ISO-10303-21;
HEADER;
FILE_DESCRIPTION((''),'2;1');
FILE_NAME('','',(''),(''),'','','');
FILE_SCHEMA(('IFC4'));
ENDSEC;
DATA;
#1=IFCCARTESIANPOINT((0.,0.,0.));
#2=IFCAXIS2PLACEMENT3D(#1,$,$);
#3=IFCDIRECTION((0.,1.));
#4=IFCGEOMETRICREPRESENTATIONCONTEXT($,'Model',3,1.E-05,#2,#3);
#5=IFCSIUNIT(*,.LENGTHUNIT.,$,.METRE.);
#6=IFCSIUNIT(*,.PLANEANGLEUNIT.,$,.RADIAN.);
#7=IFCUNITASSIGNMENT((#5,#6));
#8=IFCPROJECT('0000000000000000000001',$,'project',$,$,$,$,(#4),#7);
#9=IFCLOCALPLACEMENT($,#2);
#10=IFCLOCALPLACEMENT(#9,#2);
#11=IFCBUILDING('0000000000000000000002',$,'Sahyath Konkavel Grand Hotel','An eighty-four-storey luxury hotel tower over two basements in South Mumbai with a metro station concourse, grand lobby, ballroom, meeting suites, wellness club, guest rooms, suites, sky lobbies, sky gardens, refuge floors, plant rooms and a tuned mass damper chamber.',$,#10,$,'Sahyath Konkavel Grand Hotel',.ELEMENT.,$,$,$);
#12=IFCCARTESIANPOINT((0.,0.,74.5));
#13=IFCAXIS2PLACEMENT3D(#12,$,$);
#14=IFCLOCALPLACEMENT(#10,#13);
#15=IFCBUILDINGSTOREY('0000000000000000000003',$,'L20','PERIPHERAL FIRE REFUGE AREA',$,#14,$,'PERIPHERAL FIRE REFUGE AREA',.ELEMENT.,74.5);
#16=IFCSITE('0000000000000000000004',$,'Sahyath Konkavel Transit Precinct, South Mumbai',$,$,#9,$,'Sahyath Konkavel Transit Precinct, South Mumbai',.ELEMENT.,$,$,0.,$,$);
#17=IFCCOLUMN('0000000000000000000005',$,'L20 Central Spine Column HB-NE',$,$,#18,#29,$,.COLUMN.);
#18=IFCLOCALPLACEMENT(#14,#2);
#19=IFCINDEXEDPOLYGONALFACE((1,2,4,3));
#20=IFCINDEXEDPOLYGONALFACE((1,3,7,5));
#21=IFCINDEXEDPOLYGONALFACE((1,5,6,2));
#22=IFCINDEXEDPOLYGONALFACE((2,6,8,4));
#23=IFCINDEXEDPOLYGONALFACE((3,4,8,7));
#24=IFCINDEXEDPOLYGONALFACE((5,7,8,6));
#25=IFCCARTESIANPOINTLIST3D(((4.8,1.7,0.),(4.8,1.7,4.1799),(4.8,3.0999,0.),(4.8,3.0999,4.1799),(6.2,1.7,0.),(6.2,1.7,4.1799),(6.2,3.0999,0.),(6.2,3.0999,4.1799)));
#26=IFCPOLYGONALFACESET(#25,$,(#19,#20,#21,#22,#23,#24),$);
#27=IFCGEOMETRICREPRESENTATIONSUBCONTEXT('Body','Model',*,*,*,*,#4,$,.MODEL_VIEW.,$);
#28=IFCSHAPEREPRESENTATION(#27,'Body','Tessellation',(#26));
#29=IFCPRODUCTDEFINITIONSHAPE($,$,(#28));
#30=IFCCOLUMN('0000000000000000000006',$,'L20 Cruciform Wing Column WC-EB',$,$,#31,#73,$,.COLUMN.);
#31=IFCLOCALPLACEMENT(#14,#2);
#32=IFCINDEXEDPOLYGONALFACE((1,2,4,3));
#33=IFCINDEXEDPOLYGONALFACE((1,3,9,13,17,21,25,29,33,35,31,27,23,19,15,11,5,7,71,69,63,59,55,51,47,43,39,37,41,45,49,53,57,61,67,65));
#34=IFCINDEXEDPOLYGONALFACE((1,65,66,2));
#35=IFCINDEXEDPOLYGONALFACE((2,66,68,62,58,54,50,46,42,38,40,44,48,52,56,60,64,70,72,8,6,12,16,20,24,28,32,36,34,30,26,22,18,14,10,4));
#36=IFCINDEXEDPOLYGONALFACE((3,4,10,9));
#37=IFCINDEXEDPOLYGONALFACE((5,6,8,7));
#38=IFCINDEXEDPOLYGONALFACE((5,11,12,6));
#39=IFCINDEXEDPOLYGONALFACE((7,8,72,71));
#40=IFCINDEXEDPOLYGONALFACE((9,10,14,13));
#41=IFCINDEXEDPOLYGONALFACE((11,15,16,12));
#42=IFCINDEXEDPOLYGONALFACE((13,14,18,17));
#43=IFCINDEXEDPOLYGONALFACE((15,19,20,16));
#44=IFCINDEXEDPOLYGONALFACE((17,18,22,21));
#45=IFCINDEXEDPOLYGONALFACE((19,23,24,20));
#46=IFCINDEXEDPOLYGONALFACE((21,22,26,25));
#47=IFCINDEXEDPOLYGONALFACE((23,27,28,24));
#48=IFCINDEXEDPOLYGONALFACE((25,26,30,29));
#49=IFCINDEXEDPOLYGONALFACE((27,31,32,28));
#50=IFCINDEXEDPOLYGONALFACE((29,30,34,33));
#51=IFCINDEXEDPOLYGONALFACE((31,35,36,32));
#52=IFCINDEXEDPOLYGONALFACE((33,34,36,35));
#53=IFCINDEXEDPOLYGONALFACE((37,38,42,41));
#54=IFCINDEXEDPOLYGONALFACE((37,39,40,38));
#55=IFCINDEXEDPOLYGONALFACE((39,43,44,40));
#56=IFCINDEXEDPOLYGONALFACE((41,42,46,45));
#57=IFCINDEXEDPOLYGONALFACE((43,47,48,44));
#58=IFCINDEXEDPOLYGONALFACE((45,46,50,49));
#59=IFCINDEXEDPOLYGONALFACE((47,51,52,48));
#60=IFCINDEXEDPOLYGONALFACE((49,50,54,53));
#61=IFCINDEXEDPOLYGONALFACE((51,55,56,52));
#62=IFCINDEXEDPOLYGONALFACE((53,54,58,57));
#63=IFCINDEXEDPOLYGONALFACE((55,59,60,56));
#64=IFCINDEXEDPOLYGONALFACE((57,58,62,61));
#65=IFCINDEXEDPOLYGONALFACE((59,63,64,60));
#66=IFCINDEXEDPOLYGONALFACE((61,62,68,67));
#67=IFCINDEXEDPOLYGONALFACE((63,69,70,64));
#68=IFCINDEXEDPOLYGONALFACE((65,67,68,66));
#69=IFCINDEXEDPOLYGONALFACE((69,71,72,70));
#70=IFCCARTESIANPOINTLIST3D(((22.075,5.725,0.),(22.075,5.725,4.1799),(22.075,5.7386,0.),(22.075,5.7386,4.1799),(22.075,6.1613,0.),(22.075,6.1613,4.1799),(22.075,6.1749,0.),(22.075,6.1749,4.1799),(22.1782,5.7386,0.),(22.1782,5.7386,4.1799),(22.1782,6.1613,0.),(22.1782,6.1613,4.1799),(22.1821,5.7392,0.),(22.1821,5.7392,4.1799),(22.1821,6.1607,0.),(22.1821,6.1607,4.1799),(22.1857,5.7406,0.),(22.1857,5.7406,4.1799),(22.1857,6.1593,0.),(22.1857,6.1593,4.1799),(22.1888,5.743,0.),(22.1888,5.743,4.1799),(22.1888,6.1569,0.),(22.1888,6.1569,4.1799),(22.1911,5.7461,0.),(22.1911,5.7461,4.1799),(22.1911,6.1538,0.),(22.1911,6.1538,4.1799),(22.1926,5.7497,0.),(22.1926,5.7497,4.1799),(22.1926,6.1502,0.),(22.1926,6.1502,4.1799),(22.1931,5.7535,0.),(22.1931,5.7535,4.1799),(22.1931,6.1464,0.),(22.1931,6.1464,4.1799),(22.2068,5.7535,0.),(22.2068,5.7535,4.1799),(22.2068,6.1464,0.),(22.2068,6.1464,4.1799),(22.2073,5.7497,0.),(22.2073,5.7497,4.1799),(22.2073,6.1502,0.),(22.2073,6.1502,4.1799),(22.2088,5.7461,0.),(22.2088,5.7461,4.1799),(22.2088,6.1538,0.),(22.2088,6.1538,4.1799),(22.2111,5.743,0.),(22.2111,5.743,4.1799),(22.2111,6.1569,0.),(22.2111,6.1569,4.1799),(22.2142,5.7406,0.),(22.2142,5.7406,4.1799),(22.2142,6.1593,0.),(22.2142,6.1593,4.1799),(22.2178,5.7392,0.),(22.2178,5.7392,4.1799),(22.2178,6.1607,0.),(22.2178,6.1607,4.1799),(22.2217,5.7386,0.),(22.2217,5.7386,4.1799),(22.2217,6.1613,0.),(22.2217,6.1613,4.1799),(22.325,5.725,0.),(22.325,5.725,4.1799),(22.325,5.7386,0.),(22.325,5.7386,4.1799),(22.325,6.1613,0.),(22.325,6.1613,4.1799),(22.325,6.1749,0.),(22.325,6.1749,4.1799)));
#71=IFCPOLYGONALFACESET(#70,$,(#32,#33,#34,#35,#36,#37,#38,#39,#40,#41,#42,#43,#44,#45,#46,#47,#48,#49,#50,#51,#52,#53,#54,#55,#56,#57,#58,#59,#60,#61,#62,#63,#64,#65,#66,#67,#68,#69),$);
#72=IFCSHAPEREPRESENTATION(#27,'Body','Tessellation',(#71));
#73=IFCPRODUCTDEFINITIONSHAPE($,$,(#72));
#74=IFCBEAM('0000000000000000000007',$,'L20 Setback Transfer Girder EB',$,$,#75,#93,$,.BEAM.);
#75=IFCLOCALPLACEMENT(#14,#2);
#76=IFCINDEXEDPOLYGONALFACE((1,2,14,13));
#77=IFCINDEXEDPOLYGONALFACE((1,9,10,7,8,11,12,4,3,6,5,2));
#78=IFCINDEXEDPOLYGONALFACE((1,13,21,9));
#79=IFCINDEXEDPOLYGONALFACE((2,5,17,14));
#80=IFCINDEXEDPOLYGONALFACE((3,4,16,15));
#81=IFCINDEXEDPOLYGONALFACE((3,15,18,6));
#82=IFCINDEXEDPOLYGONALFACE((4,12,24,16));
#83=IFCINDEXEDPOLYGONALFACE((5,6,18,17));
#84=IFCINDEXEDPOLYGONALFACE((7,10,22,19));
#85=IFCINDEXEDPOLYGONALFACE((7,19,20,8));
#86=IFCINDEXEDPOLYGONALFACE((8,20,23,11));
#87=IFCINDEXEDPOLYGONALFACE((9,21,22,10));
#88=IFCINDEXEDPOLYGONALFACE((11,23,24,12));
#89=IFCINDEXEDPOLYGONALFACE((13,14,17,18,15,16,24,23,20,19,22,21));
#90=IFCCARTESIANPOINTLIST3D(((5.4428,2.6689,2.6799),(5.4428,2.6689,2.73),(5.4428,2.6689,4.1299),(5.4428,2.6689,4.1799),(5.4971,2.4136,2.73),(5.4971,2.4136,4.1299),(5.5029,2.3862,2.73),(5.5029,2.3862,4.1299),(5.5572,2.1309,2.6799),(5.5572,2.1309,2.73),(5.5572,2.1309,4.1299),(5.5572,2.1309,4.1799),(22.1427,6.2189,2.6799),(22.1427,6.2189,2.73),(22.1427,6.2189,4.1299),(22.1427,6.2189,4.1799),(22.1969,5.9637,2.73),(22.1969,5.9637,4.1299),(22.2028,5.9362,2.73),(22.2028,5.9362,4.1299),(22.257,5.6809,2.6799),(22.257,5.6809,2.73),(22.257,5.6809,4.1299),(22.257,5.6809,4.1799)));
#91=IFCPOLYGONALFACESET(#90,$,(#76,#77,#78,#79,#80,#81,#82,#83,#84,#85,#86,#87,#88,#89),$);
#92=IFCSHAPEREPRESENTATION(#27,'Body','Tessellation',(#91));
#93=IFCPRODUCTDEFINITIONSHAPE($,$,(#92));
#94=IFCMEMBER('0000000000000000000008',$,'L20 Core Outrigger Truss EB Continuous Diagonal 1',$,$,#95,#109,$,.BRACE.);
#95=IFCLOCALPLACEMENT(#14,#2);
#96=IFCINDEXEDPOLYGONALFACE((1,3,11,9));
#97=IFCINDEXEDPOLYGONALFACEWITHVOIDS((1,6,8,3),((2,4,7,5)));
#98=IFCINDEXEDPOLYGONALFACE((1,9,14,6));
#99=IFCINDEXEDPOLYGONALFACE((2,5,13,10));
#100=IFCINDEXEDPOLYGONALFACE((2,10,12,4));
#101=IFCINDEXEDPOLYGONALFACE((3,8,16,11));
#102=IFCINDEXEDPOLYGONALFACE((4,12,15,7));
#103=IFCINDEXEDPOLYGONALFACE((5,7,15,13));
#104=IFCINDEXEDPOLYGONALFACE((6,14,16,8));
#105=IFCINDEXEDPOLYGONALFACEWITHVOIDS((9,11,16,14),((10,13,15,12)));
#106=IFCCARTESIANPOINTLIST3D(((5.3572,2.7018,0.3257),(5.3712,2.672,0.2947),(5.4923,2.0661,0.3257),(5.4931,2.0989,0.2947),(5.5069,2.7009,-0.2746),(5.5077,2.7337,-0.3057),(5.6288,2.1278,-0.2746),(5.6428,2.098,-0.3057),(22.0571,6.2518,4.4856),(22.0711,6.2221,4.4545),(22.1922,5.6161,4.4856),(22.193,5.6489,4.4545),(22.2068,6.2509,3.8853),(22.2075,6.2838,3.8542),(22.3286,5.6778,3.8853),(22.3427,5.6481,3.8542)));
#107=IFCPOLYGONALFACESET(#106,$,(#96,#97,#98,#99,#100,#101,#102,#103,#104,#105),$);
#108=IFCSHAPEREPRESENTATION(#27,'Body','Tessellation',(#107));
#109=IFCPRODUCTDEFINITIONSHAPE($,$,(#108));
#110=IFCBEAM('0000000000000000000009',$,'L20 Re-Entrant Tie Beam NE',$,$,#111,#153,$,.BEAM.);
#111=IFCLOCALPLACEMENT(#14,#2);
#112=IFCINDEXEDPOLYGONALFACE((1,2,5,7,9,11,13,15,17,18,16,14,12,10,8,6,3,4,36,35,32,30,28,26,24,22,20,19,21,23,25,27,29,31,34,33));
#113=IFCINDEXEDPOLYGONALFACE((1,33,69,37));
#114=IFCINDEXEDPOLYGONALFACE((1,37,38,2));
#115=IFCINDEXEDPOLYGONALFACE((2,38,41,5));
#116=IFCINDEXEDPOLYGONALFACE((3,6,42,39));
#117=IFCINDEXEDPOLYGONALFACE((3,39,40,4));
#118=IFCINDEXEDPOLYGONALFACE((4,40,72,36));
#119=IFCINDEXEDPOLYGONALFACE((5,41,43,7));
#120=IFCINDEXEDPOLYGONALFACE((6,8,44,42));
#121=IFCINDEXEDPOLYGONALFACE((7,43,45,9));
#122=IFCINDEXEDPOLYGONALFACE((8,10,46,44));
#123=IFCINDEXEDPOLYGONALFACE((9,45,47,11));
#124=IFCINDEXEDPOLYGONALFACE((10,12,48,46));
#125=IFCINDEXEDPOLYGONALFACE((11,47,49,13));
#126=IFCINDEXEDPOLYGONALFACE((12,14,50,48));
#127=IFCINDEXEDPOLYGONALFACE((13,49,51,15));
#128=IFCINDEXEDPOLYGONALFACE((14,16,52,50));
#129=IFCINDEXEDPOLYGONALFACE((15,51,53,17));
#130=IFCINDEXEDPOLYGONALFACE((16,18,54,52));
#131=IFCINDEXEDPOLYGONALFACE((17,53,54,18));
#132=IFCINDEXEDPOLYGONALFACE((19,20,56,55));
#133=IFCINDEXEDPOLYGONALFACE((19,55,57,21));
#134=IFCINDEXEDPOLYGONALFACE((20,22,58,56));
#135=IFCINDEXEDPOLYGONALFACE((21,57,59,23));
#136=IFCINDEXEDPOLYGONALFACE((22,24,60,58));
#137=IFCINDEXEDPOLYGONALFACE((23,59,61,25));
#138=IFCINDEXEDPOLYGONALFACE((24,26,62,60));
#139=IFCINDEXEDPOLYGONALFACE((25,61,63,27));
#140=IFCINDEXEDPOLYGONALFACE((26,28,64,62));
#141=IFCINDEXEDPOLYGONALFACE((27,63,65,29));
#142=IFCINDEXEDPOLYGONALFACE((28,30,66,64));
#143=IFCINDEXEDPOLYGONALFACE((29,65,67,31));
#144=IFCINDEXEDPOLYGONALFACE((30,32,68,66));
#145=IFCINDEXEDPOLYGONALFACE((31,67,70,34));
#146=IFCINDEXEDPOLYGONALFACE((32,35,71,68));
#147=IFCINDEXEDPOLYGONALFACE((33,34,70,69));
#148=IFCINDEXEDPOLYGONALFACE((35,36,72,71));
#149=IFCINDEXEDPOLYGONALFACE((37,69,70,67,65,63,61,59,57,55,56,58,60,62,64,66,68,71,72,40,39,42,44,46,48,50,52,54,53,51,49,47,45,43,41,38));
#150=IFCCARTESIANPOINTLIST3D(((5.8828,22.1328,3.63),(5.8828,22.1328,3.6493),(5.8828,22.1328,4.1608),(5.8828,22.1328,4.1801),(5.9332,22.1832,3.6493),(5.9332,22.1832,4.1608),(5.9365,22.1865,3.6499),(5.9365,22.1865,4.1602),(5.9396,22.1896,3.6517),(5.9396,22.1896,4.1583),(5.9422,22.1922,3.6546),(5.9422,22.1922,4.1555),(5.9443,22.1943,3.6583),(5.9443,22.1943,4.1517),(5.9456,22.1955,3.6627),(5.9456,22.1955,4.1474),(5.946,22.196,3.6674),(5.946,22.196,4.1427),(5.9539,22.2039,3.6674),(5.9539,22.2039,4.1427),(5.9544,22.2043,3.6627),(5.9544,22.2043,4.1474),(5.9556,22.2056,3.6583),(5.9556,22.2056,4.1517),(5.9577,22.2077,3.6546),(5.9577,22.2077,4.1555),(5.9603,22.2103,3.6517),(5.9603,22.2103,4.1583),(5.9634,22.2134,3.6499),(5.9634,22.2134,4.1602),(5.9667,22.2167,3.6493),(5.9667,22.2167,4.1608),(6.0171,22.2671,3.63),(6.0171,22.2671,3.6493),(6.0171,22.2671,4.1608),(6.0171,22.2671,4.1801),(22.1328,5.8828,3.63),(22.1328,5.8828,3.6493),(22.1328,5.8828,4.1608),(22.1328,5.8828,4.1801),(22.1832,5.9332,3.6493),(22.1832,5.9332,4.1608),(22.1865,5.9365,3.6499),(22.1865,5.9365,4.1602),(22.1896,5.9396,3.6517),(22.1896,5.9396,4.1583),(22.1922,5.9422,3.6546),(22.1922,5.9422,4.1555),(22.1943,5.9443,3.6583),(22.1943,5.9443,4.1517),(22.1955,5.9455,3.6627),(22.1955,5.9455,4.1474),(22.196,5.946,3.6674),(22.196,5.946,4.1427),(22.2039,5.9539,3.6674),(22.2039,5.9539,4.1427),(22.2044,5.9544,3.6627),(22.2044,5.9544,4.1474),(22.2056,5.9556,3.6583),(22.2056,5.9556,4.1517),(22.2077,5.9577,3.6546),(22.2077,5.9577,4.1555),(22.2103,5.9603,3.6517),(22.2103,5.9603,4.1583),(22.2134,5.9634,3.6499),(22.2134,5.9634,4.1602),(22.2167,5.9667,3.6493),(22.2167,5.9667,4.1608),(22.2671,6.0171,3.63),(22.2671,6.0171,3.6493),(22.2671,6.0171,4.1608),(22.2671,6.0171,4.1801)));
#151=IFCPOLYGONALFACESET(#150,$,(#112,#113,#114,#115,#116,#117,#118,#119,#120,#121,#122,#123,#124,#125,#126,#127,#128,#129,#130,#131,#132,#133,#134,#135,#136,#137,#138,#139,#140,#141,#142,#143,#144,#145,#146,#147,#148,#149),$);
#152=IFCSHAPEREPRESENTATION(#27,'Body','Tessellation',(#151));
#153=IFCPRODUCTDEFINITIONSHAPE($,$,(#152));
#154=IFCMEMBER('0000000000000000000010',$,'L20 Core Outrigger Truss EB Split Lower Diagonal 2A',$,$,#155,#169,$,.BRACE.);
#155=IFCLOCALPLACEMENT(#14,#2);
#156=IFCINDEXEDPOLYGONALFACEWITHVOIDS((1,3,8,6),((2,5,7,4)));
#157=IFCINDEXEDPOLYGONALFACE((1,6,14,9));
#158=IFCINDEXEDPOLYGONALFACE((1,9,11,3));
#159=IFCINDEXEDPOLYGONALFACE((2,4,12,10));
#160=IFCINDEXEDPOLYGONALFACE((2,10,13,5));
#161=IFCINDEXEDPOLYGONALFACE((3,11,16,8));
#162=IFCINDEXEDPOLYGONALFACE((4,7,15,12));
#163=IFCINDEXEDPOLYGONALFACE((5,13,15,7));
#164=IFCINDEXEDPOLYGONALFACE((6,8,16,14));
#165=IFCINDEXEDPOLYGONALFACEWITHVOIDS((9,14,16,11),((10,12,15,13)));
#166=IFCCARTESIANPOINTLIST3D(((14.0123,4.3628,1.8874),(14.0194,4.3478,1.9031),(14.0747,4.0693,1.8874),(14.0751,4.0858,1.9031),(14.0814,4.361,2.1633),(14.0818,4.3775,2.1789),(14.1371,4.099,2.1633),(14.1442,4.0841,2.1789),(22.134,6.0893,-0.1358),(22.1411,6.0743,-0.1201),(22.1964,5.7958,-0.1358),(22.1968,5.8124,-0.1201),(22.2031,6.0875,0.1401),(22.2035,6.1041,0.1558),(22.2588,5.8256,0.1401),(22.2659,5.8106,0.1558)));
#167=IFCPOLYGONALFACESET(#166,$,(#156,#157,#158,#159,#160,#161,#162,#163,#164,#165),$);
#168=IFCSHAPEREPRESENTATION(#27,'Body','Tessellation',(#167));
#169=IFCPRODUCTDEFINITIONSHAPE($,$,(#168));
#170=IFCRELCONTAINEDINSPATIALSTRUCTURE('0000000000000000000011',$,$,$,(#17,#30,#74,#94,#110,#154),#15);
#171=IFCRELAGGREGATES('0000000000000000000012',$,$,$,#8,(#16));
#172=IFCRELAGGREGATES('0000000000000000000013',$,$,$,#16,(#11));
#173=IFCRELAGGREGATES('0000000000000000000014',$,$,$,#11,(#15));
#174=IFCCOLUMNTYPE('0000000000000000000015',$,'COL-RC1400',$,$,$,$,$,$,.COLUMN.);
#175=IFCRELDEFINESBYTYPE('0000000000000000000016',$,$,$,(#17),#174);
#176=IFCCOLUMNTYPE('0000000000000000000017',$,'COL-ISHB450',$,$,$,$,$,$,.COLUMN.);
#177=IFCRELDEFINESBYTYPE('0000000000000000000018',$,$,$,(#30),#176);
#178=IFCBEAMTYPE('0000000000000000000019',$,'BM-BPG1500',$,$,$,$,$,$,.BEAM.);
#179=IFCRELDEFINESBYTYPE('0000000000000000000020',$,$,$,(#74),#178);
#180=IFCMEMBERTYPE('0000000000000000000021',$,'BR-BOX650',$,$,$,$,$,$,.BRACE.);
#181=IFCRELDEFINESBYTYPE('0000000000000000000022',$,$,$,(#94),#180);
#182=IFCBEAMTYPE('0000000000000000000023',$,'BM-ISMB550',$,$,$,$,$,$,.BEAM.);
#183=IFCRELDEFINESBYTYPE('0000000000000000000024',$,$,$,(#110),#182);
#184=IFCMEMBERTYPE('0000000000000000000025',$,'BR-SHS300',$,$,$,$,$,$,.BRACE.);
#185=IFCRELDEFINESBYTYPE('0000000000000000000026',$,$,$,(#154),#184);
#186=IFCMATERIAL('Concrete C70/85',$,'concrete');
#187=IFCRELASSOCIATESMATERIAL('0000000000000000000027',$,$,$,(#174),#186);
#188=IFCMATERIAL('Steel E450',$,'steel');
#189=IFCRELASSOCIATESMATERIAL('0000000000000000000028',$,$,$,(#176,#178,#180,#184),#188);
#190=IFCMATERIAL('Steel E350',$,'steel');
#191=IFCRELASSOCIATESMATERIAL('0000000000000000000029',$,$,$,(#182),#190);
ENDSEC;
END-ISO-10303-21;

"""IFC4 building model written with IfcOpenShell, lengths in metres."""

from ifc_helpers import new_model, si_unit, direction, frame, origin, origin_2d, place, context, subcontext, project, spatial, rectangle, hollow_rectangle, i_section, extrude, source, transform, mapped, material, material_profile, profile_set, type_object, element, save


model = new_model("IFC4")

# Units and contexts
model_context = context("Model", 3, precision=1e-05, world=origin(), true_north=direction((0.0, 1.0)))
body_context = subcontext(model_context, "Body", "Model", "MODEL_VIEW")
ifc_project = project(units=[si_unit("LENGTHUNIT", "METRE"), si_unit("PLANEANGLEUNIT", "RADIAN")], contexts=[model_context])

# Site, building, storey
site_placement = place(None, origin())
site = spatial("IfcSite", under=ifc_project, at=site_placement, Name="Sahyath Konkavel Transit Precinct, South Mumbai", LongName="Sahyath Konkavel Transit Precinct, South Mumbai", CompositionType="ELEMENT", RefElevation=0.0)
building_placement = place(site_placement, origin())
building = spatial("IfcBuilding", under=site, at=building_placement, Name="Sahyath Konkavel Grand Hotel", Description="An eighty-four-storey luxury hotel tower over two basements in South Mumbai with a metro station concourse, grand lobby, ballroom, meeting suites, wellness club, guest rooms, suites, sky lobbies, sky gardens, refuge floors, plant rooms and a tuned mass damper chamber.", LongName="Sahyath Konkavel Grand Hotel", CompositionType="ELEMENT")
storey_placement = place(building_placement, frame((0.0, 0.0, 74.5)))
storey = spatial("IfcBuildingStorey", under=building, at=storey_placement, Name="L20", Description="PERIPHERAL FIRE REFUGE AREA", LongName="PERIPHERAL FIRE REFUGE AREA", CompositionType="ELEMENT", Elevation=74.5)

# Columns
ifc_material_1 = material(Name="Concrete C70/85", Category="concrete")
ifc_material_profile_1 = material_profile(ifc_material_1, rectangle(XDim=1.3999, YDim=1.3999, at=origin_2d()), Name="RC 1400x1400")
ifc_profile_set_1 = profile_set([ifc_material_profile_1], Name="Concrete C70/85")
column_type_1 = type_object("IfcColumnType", Name="COL-RC1400", PredefinedType="COLUMN", material=ifc_profile_set_1)
shared_shape_1 = source(origin(), body_context, "Body", "SweptSolid", [
    extrude(rectangle(XDim=1.3999, YDim=1.3999, at=origin_2d()), origin(), (0.0, 0.0, 1.0), 4.1799),
])
column_1_placement = place(storey_placement, frame((5.5, 2.3999, 0.0), z_axis=(0.0, 0.0, 1.0), x_axis=(1.0, 0.0, 0.0)))
element("IfcColumn", 1, at=column_1_placement, inside=storey, type_object=column_type_1, Name="L20 Central Spine Column HB-NE", PredefinedType="COLUMN", context=body_context, shape_type="MappedRepresentation", body=[
    mapped(shared_shape_1, transform((0.0, 0.0, 0.0), scale=1.0)),
])
ifc_material_2 = material(Name="Steel E450", Category="steel")
ifc_material_profile_2 = material_profile(ifc_material_2, i_section(OverallWidth=0.25, OverallDepth=0.45, WebThickness=0.0137, FlangeThickness=0.0137, FilletRadius=0.0149, at=origin_2d()), Name="ISHB 450")
ifc_profile_set_2 = profile_set([ifc_material_profile_2], Name="Steel E450")
column_type_2 = type_object("IfcColumnType", Name="COL-ISHB450", PredefinedType="COLUMN", material=ifc_profile_set_2)
shared_shape_2 = source(origin(), body_context, "Body", "SweptSolid", [
    extrude(i_section(OverallWidth=0.25, OverallDepth=0.45, WebThickness=0.0137, FlangeThickness=0.0137, FilletRadius=0.0149, at=origin_2d()), origin(), (0.0, 0.0, 1.0), 4.1799),
])
column_2_placement = place(storey_placement, frame((22.2, 5.95, 0.0), z_axis=(0.0, 0.0, 1.0), x_axis=(1.0, 0.0, 0.0)))
element("IfcColumn", 2, at=column_2_placement, inside=storey, type_object=column_type_2, Name="L20 Cruciform Wing Column WC-EB", PredefinedType="COLUMN", context=body_context, shape_type="MappedRepresentation", body=[
    mapped(shared_shape_2, transform((0.0, 0.0, 0.0), scale=1.0)),
])

# Beam
ifc_material_profile_3 = material_profile(ifc_material_2, i_section(OverallWidth=0.55, OverallDepth=1.5, WebThickness=0.0281, FlangeThickness=0.05, at=origin_2d()), Name="BPG 1500x550")
ifc_profile_set_3 = profile_set([ifc_material_profile_3], Name="Steel E450")
beam_type_1 = type_object("IfcBeamType", Name="BM-BPG1500", PredefinedType="BEAM", material=ifc_profile_set_3)
shared_shape_3 = source(origin(), body_context, "Body", "SweptSolid", [
    extrude(i_section(OverallWidth=0.55, OverallDepth=1.5, WebThickness=0.0281, FlangeThickness=0.05, at=origin_2d()), origin(), (0.0, 0.0, 1.0), 17.073),
])
beam_1_placement = place(storey_placement, frame((5.5, 2.3999, 3.4299), z_axis=(0.978143, 0.207932, 0.0), x_axis=(-0.207932, 0.978143, 0.0)))
element("IfcBeam", 3, at=beam_1_placement, inside=storey, type_object=beam_type_1, Name="L20 Setback Transfer Girder EB", PredefinedType="BEAM", context=body_context, shape_type="MappedRepresentation", body=[
    mapped(shared_shape_3, transform((0.0, 0.0, 0.0), scale=1.0)),
])

# Member
ifc_material_profile_4 = material_profile(ifc_material_2, hollow_rectangle(XDim=0.6499, YDim=0.6499, WallThickness=0.032, at=origin_2d()), Name="BOX 650x650x32")
ifc_profile_set_4 = profile_set([ifc_material_profile_4], Name="Steel E450")
member_type_1 = type_object("IfcMemberType", Name="BR-BOX650", PredefinedType="BRACE", material=ifc_profile_set_4)
shared_shape_4 = source(origin(), body_context, "Body", "SweptSolid", [
    extrude(hollow_rectangle(XDim=0.6499, YDim=0.6499, WallThickness=0.032, at=origin_2d()), origin(), (0.0, 0.0, 1.0), 17.5725),
])
member_1_placement = place(storey_placement, frame((5.5, 2.3999, 0.01), z_axis=(0.950341, 0.202022, 0.236727), x_axis=(-0.207932, 0.978143, 0.0)))
element("IfcMember", 4, at=member_1_placement, inside=storey, type_object=member_type_1, Name="L20 Core Outrigger Truss EB Continuous Diagonal 1", PredefinedType="BRACE", context=body_context, shape_type="MappedRepresentation", body=[
    mapped(shared_shape_4, transform((0.0, 0.0, 0.0), scale=1.0)),
])

# Beam
ifc_material_3 = material(Name="Steel E350", Category="steel")
ifc_material_profile_5 = material_profile(ifc_material_3, i_section(OverallWidth=0.1899, OverallDepth=0.55, WebThickness=0.0112, FlangeThickness=0.0193, FilletRadius=0.0181, at=origin_2d()), Name="ISMB 550")
ifc_profile_set_5 = profile_set([ifc_material_profile_5], Name="Steel E350")
beam_type_2 = type_object("IfcBeamType", Name="BM-ISMB550", PredefinedType="BEAM", material=ifc_profile_set_5)
shared_shape_5 = source(origin(), body_context, "Body", "SweptSolid", [
    extrude(i_section(OverallWidth=0.1899, OverallDepth=0.55, WebThickness=0.0112, FlangeThickness=0.0193, FilletRadius=0.0181, at=origin_2d()), origin(), (0.0, 0.0, 1.0), 22.981),
])
beam_2_placement = place(storey_placement, frame((22.2, 5.95, 3.905), z_axis=(-0.707107, 0.707107, 0.0), x_axis=(-0.707107, -0.707107, 0.0)))
element("IfcBeam", 5, at=beam_2_placement, inside=storey, type_object=beam_type_2, Name="L20 Re-Entrant Tie Beam NE", PredefinedType="BEAM", context=body_context, shape_type="MappedRepresentation", body=[
    mapped(shared_shape_5, transform((0.0, 0.0, 0.0), scale=1.0)),
])

# Member
ifc_material_profile_6 = material_profile(ifc_material_2, hollow_rectangle(XDim=0.3, YDim=0.3, WallThickness=0.0161, at=origin_2d()), Name="SHS 300x300x16")
ifc_profile_set_6 = profile_set([ifc_material_profile_6], Name="Steel E450")
member_type_2 = type_object("IfcMemberType", Name="BR-SHS300", PredefinedType="BRACE", material=ifc_profile_set_6)
shared_shape_6 = source(origin(), body_context, "Body", "SweptSolid", [
    extrude(hollow_rectangle(XDim=0.3, YDim=0.3, WallThickness=0.0161, at=origin_2d()), origin(), (0.0, 0.0, 1.0), 8.5461),
])
for number, where, z_axis, x_axis, name in (
    (6, (22.2, 5.95, 0.01), (-0.950338, -0.202026, 0.236735), (0.207936, -0.978142, 0.0), "L20 Core Outrigger Truss EB Split Lower Diagonal 2A"),
):
    element("IfcMember", number, at=place(storey_placement, frame(where, z_axis=z_axis, x_axis=x_axis)), inside=storey, type_object=member_type_2, Name=name, PredefinedType="BRACE", context=body_context, shape_type="MappedRepresentation", body=[
        mapped(shared_shape_6, transform((0.0, 0.0, 0.0), scale=1.0)),
    ])

save(model, "model.ifc")
